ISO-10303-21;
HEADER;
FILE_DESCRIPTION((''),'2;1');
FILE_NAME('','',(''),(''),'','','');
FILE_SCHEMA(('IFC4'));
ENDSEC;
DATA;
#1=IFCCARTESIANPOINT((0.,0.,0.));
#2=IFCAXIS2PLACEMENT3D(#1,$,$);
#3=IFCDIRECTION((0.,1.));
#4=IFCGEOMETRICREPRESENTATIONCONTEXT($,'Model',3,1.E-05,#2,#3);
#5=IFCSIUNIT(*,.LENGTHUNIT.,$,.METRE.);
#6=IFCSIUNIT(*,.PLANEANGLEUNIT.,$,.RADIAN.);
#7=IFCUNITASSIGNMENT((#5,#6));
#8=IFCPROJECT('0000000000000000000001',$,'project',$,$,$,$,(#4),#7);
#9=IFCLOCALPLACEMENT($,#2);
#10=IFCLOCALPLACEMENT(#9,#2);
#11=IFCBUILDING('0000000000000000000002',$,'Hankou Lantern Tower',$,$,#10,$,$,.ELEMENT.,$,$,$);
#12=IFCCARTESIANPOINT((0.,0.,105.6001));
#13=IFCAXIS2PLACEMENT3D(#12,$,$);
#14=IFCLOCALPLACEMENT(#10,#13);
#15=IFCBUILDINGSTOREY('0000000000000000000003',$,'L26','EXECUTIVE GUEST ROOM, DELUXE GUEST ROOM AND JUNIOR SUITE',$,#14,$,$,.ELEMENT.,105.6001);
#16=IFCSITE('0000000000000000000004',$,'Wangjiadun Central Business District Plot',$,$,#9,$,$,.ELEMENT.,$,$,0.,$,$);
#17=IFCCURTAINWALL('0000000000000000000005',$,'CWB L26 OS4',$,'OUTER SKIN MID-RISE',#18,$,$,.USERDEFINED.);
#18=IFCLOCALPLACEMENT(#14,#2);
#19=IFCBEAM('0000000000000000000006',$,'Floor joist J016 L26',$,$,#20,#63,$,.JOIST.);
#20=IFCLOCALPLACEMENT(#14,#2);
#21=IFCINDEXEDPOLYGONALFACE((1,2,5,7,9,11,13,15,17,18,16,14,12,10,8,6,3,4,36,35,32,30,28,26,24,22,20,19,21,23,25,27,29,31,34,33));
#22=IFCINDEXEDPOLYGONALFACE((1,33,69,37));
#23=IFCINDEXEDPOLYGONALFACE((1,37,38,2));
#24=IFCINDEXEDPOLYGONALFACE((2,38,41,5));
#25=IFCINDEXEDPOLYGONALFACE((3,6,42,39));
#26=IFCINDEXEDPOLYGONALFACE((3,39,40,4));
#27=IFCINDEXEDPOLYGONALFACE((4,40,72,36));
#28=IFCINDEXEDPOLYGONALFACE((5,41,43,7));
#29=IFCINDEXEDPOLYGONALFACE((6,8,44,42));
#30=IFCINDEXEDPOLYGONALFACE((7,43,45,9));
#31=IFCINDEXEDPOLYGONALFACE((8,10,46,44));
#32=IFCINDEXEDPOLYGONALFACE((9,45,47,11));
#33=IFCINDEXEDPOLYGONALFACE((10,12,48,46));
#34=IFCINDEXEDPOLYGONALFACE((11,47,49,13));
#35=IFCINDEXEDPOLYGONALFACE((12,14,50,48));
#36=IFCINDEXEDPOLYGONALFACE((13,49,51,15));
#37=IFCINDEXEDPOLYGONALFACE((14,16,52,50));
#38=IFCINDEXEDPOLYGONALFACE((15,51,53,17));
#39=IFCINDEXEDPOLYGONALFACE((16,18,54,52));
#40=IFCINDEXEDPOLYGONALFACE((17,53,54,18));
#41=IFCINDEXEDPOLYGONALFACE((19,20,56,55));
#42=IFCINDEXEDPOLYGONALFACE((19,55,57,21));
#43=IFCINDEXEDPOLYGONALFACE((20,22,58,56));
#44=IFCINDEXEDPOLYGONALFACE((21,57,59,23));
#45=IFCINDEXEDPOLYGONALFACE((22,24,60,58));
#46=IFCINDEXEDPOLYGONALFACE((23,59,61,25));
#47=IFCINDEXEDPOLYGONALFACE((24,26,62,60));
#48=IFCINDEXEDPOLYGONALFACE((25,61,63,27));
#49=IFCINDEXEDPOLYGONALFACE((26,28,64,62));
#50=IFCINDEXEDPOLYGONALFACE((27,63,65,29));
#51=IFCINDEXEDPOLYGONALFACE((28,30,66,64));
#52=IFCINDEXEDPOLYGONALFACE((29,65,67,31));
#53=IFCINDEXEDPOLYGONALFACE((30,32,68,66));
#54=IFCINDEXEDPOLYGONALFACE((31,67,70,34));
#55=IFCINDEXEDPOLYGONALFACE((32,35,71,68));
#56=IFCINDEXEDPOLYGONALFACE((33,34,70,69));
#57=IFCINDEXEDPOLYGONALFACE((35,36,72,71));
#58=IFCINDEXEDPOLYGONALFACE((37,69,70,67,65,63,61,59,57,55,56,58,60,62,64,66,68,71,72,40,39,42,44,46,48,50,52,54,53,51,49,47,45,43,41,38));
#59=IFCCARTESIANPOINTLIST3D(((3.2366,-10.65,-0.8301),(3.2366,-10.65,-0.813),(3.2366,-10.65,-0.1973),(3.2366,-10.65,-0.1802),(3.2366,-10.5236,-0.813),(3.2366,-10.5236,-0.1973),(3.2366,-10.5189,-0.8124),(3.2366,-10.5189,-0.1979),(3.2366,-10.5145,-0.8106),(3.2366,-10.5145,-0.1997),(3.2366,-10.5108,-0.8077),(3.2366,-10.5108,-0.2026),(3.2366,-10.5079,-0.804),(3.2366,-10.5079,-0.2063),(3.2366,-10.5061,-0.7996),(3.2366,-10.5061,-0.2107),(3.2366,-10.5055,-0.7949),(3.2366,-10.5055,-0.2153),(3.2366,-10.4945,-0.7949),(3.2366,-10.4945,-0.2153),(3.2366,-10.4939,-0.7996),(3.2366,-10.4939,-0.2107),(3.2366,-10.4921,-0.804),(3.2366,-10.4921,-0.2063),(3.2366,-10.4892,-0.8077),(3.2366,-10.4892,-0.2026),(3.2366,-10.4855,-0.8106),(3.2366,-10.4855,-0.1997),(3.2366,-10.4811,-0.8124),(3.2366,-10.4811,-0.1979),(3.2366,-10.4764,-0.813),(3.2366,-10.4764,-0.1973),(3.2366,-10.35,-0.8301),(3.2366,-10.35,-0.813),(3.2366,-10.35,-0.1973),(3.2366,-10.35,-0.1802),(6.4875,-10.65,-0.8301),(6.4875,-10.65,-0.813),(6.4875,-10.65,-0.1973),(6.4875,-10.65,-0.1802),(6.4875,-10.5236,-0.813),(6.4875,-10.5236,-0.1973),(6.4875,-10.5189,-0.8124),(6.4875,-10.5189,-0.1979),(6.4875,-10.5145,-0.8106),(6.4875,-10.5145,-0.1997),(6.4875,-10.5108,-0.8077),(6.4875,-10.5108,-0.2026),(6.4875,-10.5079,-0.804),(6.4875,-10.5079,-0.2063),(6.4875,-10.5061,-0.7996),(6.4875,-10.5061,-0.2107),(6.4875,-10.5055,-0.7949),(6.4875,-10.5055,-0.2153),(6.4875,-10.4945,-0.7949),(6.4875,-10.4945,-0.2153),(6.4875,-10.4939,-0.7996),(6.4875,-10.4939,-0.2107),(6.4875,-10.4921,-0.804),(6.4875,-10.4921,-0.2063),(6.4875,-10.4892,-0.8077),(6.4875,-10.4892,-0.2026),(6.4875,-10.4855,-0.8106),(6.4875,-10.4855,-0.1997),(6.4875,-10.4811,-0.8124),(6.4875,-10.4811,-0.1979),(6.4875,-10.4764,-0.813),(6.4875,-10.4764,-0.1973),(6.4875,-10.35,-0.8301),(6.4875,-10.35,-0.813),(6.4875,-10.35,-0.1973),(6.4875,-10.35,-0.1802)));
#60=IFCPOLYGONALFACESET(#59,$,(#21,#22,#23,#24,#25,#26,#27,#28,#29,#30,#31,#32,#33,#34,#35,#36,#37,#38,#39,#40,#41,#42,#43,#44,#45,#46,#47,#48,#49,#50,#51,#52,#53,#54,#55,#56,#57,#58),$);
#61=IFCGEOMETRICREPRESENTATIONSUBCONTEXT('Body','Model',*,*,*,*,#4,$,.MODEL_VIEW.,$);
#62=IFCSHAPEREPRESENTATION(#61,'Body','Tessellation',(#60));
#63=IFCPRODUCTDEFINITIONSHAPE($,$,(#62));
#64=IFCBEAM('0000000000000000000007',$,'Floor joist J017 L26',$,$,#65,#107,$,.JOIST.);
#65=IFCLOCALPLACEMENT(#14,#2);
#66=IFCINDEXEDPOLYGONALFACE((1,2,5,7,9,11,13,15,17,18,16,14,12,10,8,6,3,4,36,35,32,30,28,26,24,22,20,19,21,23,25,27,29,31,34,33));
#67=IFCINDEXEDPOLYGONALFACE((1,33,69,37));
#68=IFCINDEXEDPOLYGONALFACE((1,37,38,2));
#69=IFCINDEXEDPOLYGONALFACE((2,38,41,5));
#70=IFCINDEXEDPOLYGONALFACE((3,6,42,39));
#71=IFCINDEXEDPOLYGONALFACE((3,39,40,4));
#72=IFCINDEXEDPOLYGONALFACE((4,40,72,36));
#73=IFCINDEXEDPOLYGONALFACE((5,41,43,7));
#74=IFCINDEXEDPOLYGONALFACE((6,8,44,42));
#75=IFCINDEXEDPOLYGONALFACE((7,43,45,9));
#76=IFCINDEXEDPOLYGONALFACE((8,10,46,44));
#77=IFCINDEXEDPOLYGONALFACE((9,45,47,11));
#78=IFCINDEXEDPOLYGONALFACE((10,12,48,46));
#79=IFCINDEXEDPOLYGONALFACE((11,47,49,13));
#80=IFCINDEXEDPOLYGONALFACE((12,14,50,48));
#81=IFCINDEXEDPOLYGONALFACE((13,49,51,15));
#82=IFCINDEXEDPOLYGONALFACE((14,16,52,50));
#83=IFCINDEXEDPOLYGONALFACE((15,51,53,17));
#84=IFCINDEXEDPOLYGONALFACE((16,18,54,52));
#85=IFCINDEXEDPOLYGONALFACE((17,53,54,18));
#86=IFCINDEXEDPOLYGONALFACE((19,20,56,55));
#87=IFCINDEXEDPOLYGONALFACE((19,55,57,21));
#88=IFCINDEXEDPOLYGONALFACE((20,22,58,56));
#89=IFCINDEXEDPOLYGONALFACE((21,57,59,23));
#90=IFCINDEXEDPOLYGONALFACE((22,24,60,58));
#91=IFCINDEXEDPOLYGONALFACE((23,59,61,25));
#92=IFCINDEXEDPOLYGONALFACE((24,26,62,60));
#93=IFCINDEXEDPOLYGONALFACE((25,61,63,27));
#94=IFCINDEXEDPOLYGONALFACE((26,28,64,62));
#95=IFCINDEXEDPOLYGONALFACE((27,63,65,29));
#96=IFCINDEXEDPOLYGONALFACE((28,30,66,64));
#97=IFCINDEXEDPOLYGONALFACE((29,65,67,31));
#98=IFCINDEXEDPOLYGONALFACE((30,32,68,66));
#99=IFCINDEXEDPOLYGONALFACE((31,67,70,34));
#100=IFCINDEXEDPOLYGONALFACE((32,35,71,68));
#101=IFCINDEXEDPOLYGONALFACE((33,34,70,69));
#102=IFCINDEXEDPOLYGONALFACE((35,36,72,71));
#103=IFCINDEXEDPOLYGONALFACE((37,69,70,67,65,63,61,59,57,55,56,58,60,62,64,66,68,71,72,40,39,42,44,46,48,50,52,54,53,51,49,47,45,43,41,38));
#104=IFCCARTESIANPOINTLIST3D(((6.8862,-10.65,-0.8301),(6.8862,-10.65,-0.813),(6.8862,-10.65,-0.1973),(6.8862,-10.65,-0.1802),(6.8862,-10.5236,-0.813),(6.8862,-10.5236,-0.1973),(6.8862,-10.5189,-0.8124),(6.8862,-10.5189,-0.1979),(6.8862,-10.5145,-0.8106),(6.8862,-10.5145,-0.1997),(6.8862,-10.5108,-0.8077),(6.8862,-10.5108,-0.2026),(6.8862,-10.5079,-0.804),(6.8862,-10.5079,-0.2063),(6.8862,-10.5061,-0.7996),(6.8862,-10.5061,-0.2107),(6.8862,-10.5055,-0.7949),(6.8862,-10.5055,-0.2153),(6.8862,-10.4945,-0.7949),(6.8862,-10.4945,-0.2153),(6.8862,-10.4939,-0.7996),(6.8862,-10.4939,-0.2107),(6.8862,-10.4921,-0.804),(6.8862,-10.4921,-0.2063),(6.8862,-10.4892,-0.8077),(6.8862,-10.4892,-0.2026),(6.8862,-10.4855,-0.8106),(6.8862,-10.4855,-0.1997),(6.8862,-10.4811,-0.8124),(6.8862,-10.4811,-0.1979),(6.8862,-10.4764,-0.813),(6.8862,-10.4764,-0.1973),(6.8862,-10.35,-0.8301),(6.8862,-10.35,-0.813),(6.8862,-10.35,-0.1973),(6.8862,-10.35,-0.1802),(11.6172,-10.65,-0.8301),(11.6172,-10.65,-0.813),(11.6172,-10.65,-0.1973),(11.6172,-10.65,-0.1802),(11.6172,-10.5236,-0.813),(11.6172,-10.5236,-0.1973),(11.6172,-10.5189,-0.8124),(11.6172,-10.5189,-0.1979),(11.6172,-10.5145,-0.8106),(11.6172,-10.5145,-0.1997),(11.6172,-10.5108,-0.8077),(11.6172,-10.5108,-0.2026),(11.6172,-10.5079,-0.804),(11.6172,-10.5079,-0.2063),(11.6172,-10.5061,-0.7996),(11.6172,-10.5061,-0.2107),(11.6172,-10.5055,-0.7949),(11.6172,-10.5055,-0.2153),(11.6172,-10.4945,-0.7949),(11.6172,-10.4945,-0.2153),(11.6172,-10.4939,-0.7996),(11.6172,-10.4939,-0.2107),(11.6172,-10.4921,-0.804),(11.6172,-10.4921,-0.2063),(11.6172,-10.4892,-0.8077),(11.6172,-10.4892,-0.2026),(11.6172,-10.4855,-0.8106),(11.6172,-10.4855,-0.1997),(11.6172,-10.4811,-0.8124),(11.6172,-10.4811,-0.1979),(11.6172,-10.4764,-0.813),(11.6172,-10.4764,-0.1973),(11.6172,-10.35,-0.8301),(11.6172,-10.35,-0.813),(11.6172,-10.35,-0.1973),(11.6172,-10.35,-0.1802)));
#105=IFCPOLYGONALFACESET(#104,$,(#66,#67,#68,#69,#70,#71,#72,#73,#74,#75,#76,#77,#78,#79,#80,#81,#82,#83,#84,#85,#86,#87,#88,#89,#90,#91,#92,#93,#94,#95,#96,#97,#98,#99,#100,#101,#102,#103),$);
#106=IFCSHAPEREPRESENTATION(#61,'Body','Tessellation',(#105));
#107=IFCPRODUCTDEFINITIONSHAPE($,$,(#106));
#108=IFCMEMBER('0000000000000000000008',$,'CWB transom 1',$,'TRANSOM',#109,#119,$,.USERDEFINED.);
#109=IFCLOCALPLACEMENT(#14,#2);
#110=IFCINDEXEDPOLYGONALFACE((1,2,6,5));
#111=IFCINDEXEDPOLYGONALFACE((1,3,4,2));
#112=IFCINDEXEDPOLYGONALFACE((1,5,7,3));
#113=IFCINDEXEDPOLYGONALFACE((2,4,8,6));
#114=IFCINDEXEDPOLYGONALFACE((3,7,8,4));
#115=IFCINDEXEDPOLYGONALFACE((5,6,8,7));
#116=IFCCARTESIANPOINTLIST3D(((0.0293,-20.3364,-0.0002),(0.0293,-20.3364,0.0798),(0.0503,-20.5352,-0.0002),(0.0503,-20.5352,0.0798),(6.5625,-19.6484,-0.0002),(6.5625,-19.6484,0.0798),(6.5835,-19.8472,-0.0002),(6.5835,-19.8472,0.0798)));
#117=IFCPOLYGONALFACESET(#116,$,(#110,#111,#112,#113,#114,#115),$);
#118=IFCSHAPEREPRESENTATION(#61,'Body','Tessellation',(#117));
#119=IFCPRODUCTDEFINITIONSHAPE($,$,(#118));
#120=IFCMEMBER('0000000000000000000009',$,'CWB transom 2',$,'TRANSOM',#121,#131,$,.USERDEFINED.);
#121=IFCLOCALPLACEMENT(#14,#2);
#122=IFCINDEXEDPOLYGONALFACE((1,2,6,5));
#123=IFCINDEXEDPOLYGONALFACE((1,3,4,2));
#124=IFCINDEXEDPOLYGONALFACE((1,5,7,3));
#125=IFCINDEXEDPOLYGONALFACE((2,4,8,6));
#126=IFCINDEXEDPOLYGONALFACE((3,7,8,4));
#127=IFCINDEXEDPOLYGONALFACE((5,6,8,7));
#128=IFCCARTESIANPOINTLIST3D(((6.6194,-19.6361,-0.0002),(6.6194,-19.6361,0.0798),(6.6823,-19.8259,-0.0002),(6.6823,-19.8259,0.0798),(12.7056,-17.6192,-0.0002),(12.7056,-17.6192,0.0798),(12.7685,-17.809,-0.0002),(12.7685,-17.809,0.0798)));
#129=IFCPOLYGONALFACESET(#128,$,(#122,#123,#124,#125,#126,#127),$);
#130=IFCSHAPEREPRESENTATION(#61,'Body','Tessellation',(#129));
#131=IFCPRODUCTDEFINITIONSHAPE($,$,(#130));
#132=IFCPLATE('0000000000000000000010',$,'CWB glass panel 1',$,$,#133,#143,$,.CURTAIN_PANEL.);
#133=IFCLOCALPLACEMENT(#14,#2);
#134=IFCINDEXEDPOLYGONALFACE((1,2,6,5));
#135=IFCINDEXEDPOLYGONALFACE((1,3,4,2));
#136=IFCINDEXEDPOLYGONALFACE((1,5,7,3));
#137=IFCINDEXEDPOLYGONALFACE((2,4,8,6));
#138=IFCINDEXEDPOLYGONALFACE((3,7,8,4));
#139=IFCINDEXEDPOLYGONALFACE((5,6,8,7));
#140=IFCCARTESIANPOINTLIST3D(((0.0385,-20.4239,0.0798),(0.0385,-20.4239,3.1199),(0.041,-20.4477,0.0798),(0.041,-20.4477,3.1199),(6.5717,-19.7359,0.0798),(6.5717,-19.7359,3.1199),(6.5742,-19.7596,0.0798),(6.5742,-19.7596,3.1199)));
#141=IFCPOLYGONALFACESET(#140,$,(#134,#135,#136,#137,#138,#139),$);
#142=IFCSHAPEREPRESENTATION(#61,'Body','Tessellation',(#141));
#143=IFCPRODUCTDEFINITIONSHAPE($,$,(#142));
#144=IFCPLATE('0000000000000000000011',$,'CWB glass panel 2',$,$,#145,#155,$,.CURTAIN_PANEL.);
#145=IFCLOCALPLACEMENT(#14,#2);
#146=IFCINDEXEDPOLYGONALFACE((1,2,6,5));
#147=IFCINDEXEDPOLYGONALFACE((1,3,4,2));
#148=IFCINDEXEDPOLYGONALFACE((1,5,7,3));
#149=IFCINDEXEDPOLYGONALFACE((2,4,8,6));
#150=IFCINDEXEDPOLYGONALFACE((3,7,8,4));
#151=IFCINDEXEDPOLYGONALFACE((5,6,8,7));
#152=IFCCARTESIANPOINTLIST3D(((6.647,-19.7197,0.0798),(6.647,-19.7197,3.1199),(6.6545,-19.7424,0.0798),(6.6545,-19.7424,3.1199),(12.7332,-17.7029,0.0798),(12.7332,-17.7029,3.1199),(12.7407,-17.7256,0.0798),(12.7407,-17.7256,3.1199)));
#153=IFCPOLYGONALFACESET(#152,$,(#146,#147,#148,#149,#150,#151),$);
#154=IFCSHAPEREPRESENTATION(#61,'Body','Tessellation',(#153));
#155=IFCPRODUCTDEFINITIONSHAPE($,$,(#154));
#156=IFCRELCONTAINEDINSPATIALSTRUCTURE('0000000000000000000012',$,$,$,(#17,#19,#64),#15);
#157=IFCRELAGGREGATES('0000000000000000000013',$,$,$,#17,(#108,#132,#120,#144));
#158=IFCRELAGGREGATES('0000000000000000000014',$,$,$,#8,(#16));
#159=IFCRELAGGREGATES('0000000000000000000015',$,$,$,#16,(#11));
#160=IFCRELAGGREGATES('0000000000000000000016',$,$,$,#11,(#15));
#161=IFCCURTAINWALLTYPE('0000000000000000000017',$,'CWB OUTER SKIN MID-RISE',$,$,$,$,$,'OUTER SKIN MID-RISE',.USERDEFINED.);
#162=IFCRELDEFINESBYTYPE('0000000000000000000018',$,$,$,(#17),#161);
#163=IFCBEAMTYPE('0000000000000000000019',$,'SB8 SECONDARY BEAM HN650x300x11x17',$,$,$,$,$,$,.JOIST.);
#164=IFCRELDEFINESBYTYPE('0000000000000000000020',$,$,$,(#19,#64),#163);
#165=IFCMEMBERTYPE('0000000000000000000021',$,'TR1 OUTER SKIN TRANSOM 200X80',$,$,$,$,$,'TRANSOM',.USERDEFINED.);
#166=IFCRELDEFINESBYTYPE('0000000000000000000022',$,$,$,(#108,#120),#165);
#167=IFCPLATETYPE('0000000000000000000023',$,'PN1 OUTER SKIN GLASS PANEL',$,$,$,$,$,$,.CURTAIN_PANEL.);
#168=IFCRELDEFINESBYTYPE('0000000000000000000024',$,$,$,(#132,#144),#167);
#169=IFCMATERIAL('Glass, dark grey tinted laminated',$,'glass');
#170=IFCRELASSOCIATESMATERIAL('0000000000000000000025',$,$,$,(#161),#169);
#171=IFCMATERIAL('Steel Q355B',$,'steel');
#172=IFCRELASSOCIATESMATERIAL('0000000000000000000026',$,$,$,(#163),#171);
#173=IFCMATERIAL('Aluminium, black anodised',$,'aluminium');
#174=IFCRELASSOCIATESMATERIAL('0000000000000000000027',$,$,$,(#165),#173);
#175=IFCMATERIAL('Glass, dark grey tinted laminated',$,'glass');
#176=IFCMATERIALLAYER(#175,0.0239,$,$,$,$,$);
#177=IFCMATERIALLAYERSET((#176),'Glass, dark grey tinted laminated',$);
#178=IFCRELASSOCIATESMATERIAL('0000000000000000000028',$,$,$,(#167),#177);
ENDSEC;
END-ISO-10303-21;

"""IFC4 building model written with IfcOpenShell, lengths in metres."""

from ifc_helpers import new_model, si_unit, direction, frame, origin, origin_2d, place, context, subcontext, project, spatial, rectangle, i_section, extrude, material, layer, layer_set, material_profile, profile_set, type_object, element, aggregate, save


model = new_model("IFC4")

# Units and contexts
model_context = context("Model", 3, precision=1e-05, world=origin(), true_north=direction((0.0, 1.0)))
body_context = subcontext(model_context, "Body", "Model", "MODEL_VIEW")
ifc_project = project(units=[si_unit("LENGTHUNIT", "METRE"), si_unit("PLANEANGLEUNIT", "RADIAN")], contexts=[model_context])

# Site, building, storey
site_placement = place(None, origin())
site = spatial("IfcSite", under=ifc_project, at=site_placement, Name="Wangjiadun Central Business District Plot", CompositionType="ELEMENT", RefElevation=0.0)
building_placement = place(site_placement, origin())
building = spatial("IfcBuilding", under=site, at=building_placement, Name="Hankou Lantern Tower", CompositionType="ELEMENT")
storey_placement = place(building_placement, frame((0.0, 0.0, 105.6001)))
storey = spatial("IfcBuildingStorey", under=building, at=storey_placement, Name="L26", Description="EXECUTIVE GUEST ROOM, DELUXE GUEST ROOM AND JUNIOR SUITE", CompositionType="ELEMENT", Elevation=105.6001)

# Curtain wall
ifc_material_1 = material(Name="Glass, dark grey tinted laminated", Category="glass")
curtain_wall_type = type_object("IfcCurtainWallType", Name="CWB OUTER SKIN MID-RISE", ElementType="OUTER SKIN MID-RISE", PredefinedType="USERDEFINED", material=ifc_material_1)
curtain_wall_placement = place(storey_placement, origin())
curtain_wall = element("IfcCurtainWall", 1, at=curtain_wall_placement, inside=storey, type_object=curtain_wall_type, Name="CWB L26 OS4", ObjectType="OUTER SKIN MID-RISE", PredefinedType="USERDEFINED")

# Beams
ifc_material_2 = material(Name="Steel Q355B", Category="steel")
ifc_material_profile_1 = material_profile(ifc_material_2, i_section(OverallWidth=0.3, OverallDepth=0.6499, WebThickness=0.011, FlangeThickness=0.0171, FilletRadius=0.0181, at=origin_2d()), Name="HN650x300x11x17")
ifc_profile_set_1 = profile_set([ifc_material_profile_1], Name="Steel Q355B")
beam_type_1 = type_object("IfcBeamType", Name="SB8 SECONDARY BEAM HN650x300x11x17", PredefinedType="JOIST", material=ifc_profile_set_1)
beam_1_placement = place(storey_placement, frame((3.2366, -10.5, -0.5051), z_axis=(1.0, 0.0, 0.0), x_axis=(0.0, 1.0, 0.0)))
element("IfcBeam", 2, at=beam_1_placement, inside=storey, type_object=beam_type_1, Name="Floor joist J016 L26", PredefinedType="JOIST", context=body_context, shape_type="SweptSolid", body=[
    extrude(i_section(OverallWidth=0.3, OverallDepth=0.6499, WebThickness=0.011, FlangeThickness=0.0171, FilletRadius=0.0181, at=origin_2d()), origin(), (0.0, 0.0, 1.0), 3.251),
])
beam_2_placement = place(storey_placement, frame((6.8862, -10.5, -0.5051), z_axis=(1.0, 0.0, 0.0), x_axis=(0.0, 1.0, 0.0)))
element("IfcBeam", 3, at=beam_2_placement, inside=storey, type_object=beam_type_1, Name="Floor joist J017 L26", PredefinedType="JOIST", context=body_context, shape_type="SweptSolid", body=[
    extrude(i_section(OverallWidth=0.3, OverallDepth=0.6499, WebThickness=0.011, FlangeThickness=0.0171, FilletRadius=0.0181, at=origin_2d()), origin(), (0.0, 0.0, 1.0), 4.731),
])

# Members
ifc_material_3 = material(Name="Aluminium, black anodised", Category="aluminium")
ifc_material_profile_2 = material_profile(ifc_material_3, rectangle(XDim=0.2, YDim=0.0801, at=origin_2d()), Name="TR1 200X80")
ifc_profile_set_2 = profile_set([ifc_material_profile_2], Name="Aluminium, black anodised")
member_type_1 = type_object("IfcMemberType", Name="TR1 OUTER SKIN TRANSOM 200X80", ElementType="TRANSOM", PredefinedType="USERDEFINED", material=ifc_profile_set_2)
member_1_placement = place(storey_placement, frame((0.0398, -20.4358, 0.0398), z_axis=(0.994501, 0.104727, 0.0), x_axis=(-0.104727, 0.994501, 0.0)))
member_1 = element("IfcMember", 4, at=member_1_placement, type_object=member_type_1, Name="CWB transom 1", ObjectType="TRANSOM", PredefinedType="USERDEFINED", context=body_context, shape_type="SweptSolid", body=[
    extrude(rectangle(XDim=0.2, YDim=0.0801, at=origin_2d()), origin(), (0.0, 0.0, 1.0), 6.5693),
])
member_2_placement = place(storey_placement, frame((6.6509, -19.731, 0.0398), z_axis=(0.949238, 0.314559, 0.0), x_axis=(-0.314559, 0.949238, 0.0)))
member_2 = element("IfcMember", 5, at=member_2_placement, type_object=member_type_1, Name="CWB transom 2", ObjectType="TRANSOM", PredefinedType="USERDEFINED", context=body_context, shape_type="SweptSolid", body=[
    extrude(rectangle(XDim=0.2, YDim=0.0801, at=origin_2d()), origin(), (0.0, 0.0, 1.0), 6.4116),
])

# Plates
ifc_material_4 = material(Name="Glass, dark grey tinted laminated", Category="glass")
ifc_layer_1 = layer(ifc_material_4, 0.0239)
ifc_layer_set_1 = layer_set([ifc_layer_1], Name="Glass, dark grey tinted laminated")
plate_type = type_object("IfcPlateType", Name="PN1 OUTER SKIN GLASS PANEL", PredefinedType="CURTAIN_PANEL", material=ifc_layer_set_1)
plate_1_placement = place(storey_placement, frame((3.3064, -20.0918, 0.0798), z_axis=(0.0, 0.0, 1.0), x_axis=(0.994499, 0.104743, 0.0)))
plate_1 = element("IfcPlate", 6, at=plate_1_placement, type_object=plate_type, Name="CWB glass panel 1", PredefinedType="CURTAIN_PANEL", context=body_context, shape_type="SweptSolid", body=[
    extrude(rectangle(XDim=6.5693, YDim=0.0239, at=origin_2d()), origin(), (0.0, 0.0, 1.0), 3.04),
])
plate_2_placement = place(storey_placement, frame((9.6938, -18.7227, 0.0798), z_axis=(0.0, 0.0, 1.0), x_axis=(0.949241, 0.314551, 0.0)))
plate_2 = element("IfcPlate", 7, at=plate_2_placement, type_object=plate_type, Name="CWB glass panel 2", PredefinedType="CURTAIN_PANEL", context=body_context, shape_type="SweptSolid", body=[
    extrude(rectangle(XDim=6.4116, YDim=0.0239, at=origin_2d()), origin(), (0.0, 0.0, 1.0), 3.04),
])
aggregate(curtain_wall, [member_1, plate_1, member_2, plate_2])

save(model, "model.ifc")
